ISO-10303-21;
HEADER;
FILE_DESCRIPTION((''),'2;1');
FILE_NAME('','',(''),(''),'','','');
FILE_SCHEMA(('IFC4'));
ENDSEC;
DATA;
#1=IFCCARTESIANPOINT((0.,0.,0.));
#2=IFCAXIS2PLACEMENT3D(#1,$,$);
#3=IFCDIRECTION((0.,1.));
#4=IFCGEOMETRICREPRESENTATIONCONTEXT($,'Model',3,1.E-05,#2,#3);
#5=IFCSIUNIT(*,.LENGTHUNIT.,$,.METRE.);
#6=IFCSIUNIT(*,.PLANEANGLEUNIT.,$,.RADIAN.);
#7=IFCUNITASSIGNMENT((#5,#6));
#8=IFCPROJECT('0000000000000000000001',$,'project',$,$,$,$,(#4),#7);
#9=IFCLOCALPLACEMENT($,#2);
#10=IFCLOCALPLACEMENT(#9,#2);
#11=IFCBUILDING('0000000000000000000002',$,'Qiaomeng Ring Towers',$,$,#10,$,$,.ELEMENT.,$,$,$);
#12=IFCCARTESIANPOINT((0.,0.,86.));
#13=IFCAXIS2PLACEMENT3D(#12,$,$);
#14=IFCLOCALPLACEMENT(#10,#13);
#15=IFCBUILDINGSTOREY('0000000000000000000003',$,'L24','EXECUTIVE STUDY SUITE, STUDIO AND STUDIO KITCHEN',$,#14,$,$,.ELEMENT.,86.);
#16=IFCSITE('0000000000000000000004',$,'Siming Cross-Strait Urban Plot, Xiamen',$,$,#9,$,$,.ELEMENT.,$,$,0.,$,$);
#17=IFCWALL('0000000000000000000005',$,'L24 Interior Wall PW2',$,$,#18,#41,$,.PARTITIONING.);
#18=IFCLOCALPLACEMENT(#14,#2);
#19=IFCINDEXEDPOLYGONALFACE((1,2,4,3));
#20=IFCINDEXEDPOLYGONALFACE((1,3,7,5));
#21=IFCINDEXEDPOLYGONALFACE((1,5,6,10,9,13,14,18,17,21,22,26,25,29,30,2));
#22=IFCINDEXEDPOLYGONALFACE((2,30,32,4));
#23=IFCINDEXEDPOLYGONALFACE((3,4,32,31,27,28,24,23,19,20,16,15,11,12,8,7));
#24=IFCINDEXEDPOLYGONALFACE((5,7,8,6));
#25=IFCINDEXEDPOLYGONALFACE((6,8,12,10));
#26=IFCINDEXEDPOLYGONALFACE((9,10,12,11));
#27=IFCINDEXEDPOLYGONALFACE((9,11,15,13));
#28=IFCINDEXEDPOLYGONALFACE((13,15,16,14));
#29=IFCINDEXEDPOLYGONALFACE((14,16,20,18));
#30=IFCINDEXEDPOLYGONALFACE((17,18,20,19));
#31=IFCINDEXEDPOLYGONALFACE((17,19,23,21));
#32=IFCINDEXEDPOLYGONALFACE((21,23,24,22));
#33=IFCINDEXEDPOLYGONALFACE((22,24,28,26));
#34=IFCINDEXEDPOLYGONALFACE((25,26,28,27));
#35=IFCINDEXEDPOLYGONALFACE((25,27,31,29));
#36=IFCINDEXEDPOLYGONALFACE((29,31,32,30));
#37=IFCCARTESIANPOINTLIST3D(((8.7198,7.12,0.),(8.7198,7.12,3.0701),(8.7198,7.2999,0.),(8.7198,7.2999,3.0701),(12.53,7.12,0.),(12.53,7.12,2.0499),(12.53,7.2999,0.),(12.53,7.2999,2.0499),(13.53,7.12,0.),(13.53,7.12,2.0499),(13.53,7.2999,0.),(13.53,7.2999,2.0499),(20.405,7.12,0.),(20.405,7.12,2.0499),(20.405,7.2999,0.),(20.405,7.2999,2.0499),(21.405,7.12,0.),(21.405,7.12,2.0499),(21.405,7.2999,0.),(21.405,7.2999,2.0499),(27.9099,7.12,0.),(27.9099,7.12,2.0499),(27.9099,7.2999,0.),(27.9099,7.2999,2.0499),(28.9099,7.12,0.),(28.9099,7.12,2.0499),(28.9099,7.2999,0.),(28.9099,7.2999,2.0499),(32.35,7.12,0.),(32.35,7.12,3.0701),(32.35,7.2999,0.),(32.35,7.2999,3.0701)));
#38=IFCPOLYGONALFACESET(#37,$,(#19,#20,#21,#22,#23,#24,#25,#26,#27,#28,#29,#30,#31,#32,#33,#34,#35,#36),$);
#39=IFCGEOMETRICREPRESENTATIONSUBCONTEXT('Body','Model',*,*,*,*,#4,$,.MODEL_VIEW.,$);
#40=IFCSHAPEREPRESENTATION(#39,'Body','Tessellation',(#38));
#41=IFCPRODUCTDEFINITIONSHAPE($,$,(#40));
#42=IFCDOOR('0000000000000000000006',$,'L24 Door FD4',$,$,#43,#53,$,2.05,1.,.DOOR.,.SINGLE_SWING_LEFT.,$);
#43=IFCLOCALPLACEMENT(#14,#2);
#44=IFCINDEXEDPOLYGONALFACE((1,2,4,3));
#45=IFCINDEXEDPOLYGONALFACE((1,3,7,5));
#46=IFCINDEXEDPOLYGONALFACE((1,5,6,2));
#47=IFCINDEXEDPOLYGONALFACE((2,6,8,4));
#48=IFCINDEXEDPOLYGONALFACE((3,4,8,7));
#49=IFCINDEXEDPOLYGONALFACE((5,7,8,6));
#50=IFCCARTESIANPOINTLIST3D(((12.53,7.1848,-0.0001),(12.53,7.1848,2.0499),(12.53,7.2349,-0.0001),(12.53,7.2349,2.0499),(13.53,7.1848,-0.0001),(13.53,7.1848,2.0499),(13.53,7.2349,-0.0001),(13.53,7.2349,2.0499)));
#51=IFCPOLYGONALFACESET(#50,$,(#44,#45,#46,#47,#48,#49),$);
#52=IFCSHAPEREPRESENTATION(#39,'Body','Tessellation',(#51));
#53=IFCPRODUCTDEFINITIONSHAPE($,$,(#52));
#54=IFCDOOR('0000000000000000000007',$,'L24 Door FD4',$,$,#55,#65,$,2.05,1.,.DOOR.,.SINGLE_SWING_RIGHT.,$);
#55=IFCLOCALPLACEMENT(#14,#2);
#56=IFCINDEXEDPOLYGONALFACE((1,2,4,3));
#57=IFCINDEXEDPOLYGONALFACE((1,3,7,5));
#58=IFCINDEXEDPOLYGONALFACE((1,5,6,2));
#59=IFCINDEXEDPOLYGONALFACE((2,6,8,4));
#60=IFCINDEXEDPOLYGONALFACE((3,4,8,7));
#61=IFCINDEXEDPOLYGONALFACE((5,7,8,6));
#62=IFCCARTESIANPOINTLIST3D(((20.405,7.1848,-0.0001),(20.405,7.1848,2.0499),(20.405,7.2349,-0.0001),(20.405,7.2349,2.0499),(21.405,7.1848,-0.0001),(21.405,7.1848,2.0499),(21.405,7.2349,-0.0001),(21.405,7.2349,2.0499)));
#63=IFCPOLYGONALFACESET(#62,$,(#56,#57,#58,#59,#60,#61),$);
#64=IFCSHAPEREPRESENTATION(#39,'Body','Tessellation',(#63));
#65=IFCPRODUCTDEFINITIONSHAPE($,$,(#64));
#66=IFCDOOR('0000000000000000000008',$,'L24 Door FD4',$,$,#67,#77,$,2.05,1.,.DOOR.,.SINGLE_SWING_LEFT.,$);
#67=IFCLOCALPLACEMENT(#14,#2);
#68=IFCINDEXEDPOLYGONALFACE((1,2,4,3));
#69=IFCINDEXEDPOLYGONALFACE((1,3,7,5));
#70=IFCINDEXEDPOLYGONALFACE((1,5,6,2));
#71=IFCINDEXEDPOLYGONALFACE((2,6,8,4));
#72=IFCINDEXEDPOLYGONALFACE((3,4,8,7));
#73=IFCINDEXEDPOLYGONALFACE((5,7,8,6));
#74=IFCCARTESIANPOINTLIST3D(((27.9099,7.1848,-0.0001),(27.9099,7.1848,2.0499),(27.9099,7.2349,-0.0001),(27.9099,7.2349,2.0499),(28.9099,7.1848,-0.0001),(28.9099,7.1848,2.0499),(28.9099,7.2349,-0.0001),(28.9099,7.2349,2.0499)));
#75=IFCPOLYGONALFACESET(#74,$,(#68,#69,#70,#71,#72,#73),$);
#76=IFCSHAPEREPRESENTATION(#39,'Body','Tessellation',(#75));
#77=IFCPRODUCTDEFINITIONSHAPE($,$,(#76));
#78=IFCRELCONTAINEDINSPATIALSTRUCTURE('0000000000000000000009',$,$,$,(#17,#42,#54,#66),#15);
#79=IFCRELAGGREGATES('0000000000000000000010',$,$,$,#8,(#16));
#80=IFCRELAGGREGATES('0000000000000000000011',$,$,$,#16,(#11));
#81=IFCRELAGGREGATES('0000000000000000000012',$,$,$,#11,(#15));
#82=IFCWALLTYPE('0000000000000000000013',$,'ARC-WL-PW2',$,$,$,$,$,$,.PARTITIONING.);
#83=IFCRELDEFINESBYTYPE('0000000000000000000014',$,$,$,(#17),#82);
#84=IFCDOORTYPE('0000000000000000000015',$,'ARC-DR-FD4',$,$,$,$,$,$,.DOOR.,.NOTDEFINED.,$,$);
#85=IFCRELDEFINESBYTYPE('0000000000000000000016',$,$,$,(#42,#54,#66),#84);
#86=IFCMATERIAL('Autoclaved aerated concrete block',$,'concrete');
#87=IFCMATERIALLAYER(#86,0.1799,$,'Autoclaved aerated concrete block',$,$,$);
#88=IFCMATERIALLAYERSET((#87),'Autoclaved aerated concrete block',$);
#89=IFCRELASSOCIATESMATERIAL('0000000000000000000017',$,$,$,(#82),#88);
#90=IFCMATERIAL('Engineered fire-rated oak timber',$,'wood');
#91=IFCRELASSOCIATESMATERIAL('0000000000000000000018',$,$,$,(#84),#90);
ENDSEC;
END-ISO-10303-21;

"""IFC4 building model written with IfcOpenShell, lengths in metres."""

from ifc_helpers import new_model, si_unit, direction, frame, frame_2d, origin, place, context, subcontext, project, spatial, rectangle, extrude, source, transform, mapped, material, layer, layer_set, type_object, element, fill, save


model = new_model("IFC4")

# Units and contexts
model_context = context("Model", 3, precision=1e-05, world=origin(), true_north=direction((0.0, 1.0)))
body_context = subcontext(model_context, "Body", "Model", "MODEL_VIEW")
ifc_project = project(units=[si_unit("LENGTHUNIT", "METRE"), si_unit("PLANEANGLEUNIT", "RADIAN")], contexts=[model_context])

# Site, building, storey
site_placement = place(None, origin())
site = spatial("IfcSite", under=ifc_project, at=site_placement, Name="Siming Cross-Strait Urban Plot, Xiamen", CompositionType="ELEMENT", RefElevation=0.0)
building_placement = place(site_placement, origin())
building = spatial("IfcBuilding", under=site, at=building_placement, Name="Qiaomeng Ring Towers", CompositionType="ELEMENT")
storey_placement = place(building_placement, frame((0.0, 0.0, 86.0)))
storey = spatial("IfcBuildingStorey", under=building, at=storey_placement, Name="L24", Description="EXECUTIVE STUDY SUITE, STUDIO AND STUDIO KITCHEN", CompositionType="ELEMENT", Elevation=86.0)

# Wall, openings, doors
ifc_material_1 = material(Name="Autoclaved aerated concrete block", Category="concrete")
ifc_layer_1 = layer(ifc_material_1, 0.1799, Name="Autoclaved aerated concrete block")
ifc_layer_set_1 = layer_set([ifc_layer_1], Name="Autoclaved aerated concrete block")
wall_type_1 = type_object("IfcWallType", Name="ARC-WL-PW2", PredefinedType="PARTITIONING", material=ifc_layer_set_1)
wall_1_placement = place(storey_placement, frame((8.72, 7.21, 0.0), z_axis=(0.0, 0.0, 1.0), x_axis=(1.0, 0.0, 0.0)))
wall_1 = element("IfcWall", 1, at=wall_1_placement, inside=storey, type_object=wall_type_1, Name="L24 Interior Wall PW2", PredefinedType="PARTITIONING", context=body_context, shape_type="SweptSolid", body=[
    extrude(rectangle(XDim=23.6301, YDim=0.1799, at=frame_2d((11.8149, 0.0))), origin(), (0.0, 0.0, 1.0), 3.0701),
])
opening_1_placement = place(wall_1_placement, frame((3.8101, 0.0, 0.0)))
opening_1 = element("IfcOpeningElement", 2, at=opening_1_placement, cuts=wall_1, PredefinedType="OPENING", context=body_context, shape_type="SweptSolid", body=[
    extrude(rectangle(XDim=1.0, YDim=2.05, at=frame_2d((0.5, 1.0249))), frame((0.0, 0.0999, 0.0), z_axis=(0.0, -1.0, 0.0), x_axis=(1.0, 0.0, 0.0)), (0.0, 0.0, 1.0), 0.2),
])
opening_2_placement = place(wall_1_placement, frame((11.6851, 0.0, 0.0)))
opening_2 = element("IfcOpeningElement", 3, at=opening_2_placement, cuts=wall_1, PredefinedType="OPENING", context=body_context, shape_type="SweptSolid", body=[
    extrude(rectangle(XDim=1.0, YDim=2.05, at=frame_2d((0.5, 1.0249))), frame((0.0, 0.0999, 0.0), z_axis=(0.0, -1.0, 0.0), x_axis=(1.0, 0.0, 0.0)), (0.0, 0.0, 1.0), 0.2),
])
opening_3_placement = place(wall_1_placement, frame((19.1899, 0.0, 0.0)))
opening_3 = element("IfcOpeningElement", 4, at=opening_3_placement, cuts=wall_1, PredefinedType="OPENING", context=body_context, shape_type="SweptSolid", body=[
    extrude(rectangle(XDim=1.0, YDim=2.05, at=frame_2d((0.5, 1.0249))), frame((0.0, 0.0999, 0.0), z_axis=(0.0, -1.0, 0.0), x_axis=(1.0, 0.0, 0.0)), (0.0, 0.0, 1.0), 0.2),
])
ifc_material_2 = material(Name="Engineered fire-rated oak timber", Category="wood")
door_type_1 = type_object("IfcDoorType", Name="ARC-DR-FD4", OperationType="NOTDEFINED", PredefinedType="DOOR", material=ifc_material_2)
shared_shape_1 = source(origin(), body_context, "Body", "SweptSolid", [
    extrude(rectangle(XDim=1.0, YDim=2.05, at=frame_2d((0.5, 1.0249))), frame((0.0, 0.0249, 0.0), z_axis=(0.0, -1.0, 0.0), x_axis=(1.0, 0.0, 0.0)), (0.0, 0.0, 1.0), 0.05),
])
door_1_placement = place(opening_1_placement, origin())
door_1 = element("IfcDoor", 5, at=door_1_placement, inside=storey, type_object=door_type_1, Name="L24 Door FD4", OperationType="SINGLE_SWING_LEFT", OverallHeight=2.05, OverallWidth=1.0, PredefinedType="DOOR", context=body_context, shape_type="MappedRepresentation", body=[
    mapped(shared_shape_1, transform((0.0, 0.0, 0.0), x_axis=(1.0, 0.0, 0.0), y_axis=(0.0, 1.0, 0.0), z_axis=(0.0, 0.0, 1.0), scale=1.0)),
])
fill(opening_1, door_1)
door_2_placement = place(opening_2_placement, origin())
door_2 = element("IfcDoor", 6, at=door_2_placement, inside=storey, type_object=door_type_1, Name="L24 Door FD4", OperationType="SINGLE_SWING_RIGHT", OverallHeight=2.05, OverallWidth=1.0, PredefinedType="DOOR", context=body_context, shape_type="MappedRepresentation", body=[
    mapped(shared_shape_1, transform((0.0, 0.0, 0.0), x_axis=(1.0, 0.0, 0.0), y_axis=(0.0, 1.0, 0.0), z_axis=(0.0, 0.0, 1.0), scale=1.0)),
])
fill(opening_2, door_2)
door_3_placement = place(opening_3_placement, origin())
door_3 = element("IfcDoor", 7, at=door_3_placement, inside=storey, type_object=door_type_1, Name="L24 Door FD4", OperationType="SINGLE_SWING_LEFT", OverallHeight=2.05, OverallWidth=1.0, PredefinedType="DOOR", context=body_context, shape_type="MappedRepresentation", body=[
    mapped(shared_shape_1, transform((0.0, 0.0, 0.0), x_axis=(1.0, 0.0, 0.0), y_axis=(0.0, 1.0, 0.0), z_axis=(0.0, 0.0, 1.0), scale=1.0)),
])
fill(opening_3, door_3)

save(model, "model.ifc")
